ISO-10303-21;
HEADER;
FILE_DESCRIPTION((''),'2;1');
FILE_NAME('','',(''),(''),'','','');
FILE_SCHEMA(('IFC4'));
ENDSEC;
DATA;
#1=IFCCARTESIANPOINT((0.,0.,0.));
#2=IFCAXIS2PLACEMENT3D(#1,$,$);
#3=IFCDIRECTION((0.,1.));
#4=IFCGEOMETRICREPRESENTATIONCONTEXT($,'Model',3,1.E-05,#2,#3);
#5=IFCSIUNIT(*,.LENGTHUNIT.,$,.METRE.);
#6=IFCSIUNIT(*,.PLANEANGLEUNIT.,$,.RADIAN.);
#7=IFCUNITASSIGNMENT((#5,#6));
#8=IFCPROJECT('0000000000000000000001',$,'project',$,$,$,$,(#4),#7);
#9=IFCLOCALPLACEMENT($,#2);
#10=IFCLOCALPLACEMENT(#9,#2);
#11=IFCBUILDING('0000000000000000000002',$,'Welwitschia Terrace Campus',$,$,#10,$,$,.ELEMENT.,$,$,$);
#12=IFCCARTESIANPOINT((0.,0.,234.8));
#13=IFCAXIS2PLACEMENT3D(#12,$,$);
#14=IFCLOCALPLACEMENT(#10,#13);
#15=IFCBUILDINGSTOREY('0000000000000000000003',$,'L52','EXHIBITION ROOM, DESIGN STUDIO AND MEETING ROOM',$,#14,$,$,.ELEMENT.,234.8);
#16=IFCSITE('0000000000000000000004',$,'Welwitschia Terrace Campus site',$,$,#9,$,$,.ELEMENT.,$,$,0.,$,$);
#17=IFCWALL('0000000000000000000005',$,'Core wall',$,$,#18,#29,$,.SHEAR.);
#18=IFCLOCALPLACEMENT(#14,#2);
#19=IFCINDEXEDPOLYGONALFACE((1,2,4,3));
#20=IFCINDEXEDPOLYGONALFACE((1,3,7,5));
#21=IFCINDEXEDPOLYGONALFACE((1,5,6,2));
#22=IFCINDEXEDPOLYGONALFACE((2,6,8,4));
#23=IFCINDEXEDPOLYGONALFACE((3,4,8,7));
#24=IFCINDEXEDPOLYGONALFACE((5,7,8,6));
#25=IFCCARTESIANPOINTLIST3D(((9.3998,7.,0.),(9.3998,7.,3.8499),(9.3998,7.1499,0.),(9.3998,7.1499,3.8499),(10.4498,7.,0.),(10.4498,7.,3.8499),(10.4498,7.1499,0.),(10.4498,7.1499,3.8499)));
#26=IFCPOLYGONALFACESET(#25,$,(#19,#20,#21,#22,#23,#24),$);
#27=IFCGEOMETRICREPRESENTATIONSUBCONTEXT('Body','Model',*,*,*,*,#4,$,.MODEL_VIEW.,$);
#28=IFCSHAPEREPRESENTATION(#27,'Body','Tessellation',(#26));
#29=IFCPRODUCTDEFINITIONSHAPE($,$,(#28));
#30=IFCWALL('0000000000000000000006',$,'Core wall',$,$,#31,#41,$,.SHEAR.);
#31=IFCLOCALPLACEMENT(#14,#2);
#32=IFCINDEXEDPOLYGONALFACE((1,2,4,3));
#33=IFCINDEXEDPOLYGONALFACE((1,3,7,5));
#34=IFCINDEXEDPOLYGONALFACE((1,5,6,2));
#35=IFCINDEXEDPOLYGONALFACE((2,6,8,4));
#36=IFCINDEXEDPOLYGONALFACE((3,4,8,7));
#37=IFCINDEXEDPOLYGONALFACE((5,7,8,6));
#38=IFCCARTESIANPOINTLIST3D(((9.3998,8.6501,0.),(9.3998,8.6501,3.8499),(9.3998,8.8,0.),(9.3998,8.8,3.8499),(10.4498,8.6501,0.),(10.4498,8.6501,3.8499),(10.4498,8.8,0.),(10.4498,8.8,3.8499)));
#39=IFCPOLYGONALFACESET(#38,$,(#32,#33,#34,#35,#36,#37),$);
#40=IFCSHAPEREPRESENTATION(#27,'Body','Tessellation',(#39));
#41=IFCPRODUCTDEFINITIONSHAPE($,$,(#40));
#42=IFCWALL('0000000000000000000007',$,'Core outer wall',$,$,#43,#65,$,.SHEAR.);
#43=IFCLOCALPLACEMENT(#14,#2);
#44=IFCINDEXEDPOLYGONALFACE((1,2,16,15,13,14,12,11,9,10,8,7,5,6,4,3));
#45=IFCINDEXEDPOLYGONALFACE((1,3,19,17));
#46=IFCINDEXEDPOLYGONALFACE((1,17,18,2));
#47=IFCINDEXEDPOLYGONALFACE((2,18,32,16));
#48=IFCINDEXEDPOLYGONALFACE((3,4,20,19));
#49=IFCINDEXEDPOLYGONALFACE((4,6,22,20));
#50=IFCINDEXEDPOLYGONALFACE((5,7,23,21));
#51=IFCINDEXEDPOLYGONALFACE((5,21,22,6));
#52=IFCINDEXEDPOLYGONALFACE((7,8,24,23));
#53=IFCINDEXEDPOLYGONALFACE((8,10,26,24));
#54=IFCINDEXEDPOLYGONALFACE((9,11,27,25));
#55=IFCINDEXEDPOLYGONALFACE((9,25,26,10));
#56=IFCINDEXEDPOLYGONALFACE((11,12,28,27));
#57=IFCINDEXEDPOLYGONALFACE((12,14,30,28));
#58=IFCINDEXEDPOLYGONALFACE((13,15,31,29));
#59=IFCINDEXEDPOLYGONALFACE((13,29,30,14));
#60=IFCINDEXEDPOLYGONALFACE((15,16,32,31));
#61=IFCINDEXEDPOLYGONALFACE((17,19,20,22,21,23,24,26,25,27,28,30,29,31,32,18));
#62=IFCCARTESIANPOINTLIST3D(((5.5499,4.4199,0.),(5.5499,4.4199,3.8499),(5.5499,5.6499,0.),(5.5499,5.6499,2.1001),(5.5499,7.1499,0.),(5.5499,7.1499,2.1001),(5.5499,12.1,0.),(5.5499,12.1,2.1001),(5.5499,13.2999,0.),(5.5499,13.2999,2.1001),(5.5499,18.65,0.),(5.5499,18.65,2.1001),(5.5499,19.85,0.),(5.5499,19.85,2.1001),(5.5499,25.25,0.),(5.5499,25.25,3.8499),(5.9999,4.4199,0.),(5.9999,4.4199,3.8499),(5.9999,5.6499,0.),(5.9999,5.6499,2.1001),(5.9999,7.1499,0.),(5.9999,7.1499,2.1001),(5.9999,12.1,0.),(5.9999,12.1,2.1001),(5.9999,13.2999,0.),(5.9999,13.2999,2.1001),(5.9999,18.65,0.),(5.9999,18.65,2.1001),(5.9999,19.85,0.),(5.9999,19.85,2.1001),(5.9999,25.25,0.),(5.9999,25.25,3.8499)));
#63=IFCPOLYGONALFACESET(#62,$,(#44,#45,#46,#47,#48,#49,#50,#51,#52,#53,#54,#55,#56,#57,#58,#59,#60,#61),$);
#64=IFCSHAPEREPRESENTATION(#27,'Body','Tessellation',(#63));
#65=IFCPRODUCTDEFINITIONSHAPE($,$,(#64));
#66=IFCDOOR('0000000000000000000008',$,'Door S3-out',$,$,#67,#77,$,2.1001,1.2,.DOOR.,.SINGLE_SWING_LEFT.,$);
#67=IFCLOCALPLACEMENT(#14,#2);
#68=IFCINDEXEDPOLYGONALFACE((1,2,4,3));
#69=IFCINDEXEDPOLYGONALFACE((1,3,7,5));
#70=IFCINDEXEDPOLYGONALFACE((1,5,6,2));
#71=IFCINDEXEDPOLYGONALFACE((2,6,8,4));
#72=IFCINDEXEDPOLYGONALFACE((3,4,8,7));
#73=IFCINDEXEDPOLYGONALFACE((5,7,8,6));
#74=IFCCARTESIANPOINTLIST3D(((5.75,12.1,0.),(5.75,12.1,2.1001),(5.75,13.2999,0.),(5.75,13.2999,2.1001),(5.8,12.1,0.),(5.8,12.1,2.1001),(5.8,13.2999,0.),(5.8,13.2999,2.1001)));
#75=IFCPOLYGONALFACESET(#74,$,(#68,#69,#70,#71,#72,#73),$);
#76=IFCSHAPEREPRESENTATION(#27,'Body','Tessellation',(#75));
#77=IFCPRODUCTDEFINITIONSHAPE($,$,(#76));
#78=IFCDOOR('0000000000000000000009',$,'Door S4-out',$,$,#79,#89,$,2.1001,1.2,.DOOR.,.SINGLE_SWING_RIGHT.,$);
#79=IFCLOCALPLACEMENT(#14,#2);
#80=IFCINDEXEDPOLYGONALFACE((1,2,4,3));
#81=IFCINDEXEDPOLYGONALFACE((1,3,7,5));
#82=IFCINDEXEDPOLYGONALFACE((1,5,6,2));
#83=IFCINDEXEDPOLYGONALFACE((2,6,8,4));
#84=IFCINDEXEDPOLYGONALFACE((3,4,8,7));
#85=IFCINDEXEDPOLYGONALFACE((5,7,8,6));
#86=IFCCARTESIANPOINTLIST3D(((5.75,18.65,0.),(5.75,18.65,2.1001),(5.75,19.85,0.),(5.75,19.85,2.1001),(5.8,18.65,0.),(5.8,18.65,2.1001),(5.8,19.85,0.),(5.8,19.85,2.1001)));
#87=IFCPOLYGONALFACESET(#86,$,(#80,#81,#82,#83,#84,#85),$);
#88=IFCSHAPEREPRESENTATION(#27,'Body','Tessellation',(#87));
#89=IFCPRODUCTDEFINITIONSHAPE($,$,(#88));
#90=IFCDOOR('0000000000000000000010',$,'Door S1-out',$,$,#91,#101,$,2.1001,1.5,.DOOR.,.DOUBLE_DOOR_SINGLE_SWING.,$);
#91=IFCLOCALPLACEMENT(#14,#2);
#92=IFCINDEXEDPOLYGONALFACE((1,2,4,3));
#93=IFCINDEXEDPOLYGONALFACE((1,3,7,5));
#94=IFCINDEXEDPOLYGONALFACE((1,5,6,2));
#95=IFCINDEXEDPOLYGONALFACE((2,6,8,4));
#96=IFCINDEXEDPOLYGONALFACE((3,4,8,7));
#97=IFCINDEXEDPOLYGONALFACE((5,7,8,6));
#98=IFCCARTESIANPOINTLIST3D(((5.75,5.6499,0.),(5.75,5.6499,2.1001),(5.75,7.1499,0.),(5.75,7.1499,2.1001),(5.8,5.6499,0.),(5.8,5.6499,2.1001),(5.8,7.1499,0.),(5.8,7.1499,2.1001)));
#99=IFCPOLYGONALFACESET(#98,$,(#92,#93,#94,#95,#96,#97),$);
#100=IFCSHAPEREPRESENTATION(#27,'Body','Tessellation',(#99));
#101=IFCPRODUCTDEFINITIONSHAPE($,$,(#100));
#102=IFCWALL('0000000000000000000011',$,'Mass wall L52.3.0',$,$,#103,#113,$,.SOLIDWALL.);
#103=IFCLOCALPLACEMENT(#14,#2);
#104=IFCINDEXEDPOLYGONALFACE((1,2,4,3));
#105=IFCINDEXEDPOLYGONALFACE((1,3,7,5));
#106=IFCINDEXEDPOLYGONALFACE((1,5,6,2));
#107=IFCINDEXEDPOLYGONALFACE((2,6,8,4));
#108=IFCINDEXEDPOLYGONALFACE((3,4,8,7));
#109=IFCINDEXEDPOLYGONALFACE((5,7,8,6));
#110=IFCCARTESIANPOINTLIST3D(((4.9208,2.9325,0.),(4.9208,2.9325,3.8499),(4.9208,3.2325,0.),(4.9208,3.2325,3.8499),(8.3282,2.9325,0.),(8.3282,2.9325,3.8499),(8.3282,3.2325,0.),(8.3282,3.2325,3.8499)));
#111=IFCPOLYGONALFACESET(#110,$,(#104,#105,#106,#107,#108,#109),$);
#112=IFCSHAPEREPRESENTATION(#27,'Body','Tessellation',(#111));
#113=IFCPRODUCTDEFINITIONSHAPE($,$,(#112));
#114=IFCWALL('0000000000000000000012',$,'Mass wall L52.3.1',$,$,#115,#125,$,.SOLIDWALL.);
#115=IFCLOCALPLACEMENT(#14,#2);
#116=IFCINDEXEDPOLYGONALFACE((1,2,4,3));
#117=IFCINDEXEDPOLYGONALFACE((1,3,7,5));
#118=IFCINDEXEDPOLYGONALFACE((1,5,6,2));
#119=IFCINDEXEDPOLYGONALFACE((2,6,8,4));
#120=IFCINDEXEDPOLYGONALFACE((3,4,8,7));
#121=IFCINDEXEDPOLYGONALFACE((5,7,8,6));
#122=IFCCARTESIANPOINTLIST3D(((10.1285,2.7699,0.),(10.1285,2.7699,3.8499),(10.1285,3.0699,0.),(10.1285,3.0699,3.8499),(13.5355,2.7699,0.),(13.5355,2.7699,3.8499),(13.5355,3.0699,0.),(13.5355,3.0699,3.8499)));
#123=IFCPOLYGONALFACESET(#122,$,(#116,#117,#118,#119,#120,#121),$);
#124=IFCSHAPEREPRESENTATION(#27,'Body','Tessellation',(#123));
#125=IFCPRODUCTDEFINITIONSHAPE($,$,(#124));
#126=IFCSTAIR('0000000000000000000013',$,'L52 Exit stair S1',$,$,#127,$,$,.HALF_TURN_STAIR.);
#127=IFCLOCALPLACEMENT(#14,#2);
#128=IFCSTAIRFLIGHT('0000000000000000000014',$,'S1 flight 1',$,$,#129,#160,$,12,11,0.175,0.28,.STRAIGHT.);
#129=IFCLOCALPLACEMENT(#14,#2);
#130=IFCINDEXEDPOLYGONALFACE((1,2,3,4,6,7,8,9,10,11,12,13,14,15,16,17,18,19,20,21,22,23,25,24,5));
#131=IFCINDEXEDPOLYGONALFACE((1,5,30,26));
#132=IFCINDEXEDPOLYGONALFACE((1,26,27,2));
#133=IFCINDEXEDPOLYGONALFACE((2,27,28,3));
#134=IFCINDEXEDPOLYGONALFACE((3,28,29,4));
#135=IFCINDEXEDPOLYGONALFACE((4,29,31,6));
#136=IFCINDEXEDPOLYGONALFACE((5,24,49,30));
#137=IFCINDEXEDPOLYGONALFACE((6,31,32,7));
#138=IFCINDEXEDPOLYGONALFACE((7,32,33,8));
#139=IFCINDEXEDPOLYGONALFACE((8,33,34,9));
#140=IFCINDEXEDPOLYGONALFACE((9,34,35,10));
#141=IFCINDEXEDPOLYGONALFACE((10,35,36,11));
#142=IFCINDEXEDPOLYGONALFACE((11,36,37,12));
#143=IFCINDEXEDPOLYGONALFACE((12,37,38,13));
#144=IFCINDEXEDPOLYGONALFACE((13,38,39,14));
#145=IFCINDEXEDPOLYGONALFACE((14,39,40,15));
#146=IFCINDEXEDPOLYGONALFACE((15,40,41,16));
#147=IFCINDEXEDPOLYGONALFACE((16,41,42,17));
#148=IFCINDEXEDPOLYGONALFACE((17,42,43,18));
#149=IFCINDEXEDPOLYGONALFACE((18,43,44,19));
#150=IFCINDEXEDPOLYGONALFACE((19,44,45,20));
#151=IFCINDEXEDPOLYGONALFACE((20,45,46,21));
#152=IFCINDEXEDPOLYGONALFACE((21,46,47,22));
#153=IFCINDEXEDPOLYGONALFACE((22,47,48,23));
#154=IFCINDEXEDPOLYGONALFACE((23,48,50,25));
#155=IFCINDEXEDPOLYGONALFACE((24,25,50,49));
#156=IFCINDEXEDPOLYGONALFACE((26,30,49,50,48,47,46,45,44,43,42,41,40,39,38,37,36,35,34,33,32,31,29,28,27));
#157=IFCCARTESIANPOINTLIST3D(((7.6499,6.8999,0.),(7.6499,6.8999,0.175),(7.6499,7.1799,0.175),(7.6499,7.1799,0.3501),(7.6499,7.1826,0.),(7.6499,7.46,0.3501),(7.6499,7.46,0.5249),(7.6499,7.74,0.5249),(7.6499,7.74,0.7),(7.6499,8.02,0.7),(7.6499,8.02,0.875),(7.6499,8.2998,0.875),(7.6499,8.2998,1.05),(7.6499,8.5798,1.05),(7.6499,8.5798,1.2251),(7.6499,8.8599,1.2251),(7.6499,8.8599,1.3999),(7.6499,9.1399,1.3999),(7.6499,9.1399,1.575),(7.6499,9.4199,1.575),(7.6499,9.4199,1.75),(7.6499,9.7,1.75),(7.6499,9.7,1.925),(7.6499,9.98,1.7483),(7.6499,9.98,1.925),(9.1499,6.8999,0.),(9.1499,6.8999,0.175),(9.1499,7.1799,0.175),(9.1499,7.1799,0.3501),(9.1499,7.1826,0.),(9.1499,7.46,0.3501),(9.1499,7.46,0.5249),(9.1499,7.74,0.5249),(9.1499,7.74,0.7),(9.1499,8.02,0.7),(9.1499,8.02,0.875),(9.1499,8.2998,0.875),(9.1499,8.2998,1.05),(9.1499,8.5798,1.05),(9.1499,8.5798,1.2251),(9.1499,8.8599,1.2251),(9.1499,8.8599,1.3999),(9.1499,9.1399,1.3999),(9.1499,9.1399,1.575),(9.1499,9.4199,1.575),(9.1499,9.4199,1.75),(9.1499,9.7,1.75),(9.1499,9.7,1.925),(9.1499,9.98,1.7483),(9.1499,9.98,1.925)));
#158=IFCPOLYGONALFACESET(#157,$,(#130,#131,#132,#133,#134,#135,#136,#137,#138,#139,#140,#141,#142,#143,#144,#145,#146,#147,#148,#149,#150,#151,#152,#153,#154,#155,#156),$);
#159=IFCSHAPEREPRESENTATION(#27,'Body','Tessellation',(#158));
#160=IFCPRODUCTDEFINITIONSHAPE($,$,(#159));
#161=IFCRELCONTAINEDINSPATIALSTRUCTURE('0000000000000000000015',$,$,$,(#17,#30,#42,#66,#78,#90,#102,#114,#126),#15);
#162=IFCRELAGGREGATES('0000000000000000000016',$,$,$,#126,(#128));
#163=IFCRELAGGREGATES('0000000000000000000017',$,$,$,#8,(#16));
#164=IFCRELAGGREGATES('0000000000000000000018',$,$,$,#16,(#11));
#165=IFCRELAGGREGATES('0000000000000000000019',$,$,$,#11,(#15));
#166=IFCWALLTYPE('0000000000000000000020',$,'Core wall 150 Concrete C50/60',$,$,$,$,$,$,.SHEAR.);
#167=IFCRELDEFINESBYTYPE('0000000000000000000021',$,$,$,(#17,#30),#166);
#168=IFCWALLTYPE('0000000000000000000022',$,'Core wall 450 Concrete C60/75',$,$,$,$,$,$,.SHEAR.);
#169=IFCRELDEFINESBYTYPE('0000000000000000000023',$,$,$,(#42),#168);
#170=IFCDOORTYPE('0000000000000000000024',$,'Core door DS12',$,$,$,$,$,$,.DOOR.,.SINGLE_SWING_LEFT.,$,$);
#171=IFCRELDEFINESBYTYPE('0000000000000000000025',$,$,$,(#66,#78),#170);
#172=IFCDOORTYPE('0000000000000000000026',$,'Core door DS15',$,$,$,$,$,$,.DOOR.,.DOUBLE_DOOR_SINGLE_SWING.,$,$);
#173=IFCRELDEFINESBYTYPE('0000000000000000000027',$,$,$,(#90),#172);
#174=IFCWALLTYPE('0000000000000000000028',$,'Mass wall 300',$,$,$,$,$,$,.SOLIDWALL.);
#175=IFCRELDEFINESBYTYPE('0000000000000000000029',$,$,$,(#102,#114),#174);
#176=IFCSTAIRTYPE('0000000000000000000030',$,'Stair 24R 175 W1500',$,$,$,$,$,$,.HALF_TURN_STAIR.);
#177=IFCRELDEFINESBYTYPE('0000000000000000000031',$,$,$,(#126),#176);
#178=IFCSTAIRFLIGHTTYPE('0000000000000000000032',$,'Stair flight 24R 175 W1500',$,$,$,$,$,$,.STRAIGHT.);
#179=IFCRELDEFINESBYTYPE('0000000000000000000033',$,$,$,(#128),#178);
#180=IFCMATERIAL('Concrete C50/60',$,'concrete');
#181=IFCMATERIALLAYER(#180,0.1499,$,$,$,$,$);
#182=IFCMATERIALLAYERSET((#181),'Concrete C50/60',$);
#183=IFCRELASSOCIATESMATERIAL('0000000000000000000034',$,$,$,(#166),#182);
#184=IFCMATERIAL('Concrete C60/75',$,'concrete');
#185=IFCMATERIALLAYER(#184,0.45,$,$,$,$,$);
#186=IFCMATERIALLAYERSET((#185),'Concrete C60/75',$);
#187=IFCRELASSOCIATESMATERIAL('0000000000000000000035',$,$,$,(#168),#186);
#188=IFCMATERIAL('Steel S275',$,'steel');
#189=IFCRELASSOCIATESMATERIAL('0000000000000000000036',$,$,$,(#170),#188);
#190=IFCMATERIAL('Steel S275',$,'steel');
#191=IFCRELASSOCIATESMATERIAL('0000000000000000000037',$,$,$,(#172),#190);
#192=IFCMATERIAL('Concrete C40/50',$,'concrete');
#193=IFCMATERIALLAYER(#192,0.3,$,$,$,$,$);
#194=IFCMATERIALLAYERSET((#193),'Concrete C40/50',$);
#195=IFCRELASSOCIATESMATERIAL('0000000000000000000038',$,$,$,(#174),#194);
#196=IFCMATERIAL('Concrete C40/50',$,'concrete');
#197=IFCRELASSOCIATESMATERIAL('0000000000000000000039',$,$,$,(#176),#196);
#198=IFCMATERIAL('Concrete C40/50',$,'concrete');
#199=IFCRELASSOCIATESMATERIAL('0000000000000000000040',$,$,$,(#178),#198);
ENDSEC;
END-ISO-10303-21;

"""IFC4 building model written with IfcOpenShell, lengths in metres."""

from ifc_helpers import new_model, si_unit, direction, frame, frame_2d, origin, place, context, subcontext, project, spatial, polyline, rectangle, outline, extrude, material, layer, layer_set, type_object, element, fill, aggregate, save


model = new_model("IFC4")

# Units and contexts
model_context = context("Model", 3, precision=1e-05, world=origin(), true_north=direction((0.0, 1.0)))
body_context = subcontext(model_context, "Body", "Model", "MODEL_VIEW")
ifc_project = project(units=[si_unit("LENGTHUNIT", "METRE"), si_unit("PLANEANGLEUNIT", "RADIAN")], contexts=[model_context])

# Site, building, storey
site_placement = place(None, origin())
site = spatial("IfcSite", under=ifc_project, at=site_placement, Name="Welwitschia Terrace Campus site", CompositionType="ELEMENT", RefElevation=0.0)
building_placement = place(site_placement, origin())
building = spatial("IfcBuilding", under=site, at=building_placement, Name="Welwitschia Terrace Campus", CompositionType="ELEMENT")
storey_placement = place(building_placement, frame((0.0, 0.0, 234.8)))
storey = spatial("IfcBuildingStorey", under=building, at=storey_placement, Name="L52", Description="EXHIBITION ROOM, DESIGN STUDIO AND MEETING ROOM", CompositionType="ELEMENT", Elevation=234.8)

# Walls
ifc_material_1 = material(Name="Concrete C50/60", Category="concrete")
ifc_layer_1 = layer(ifc_material_1, 0.1499)
ifc_layer_set_1 = layer_set([ifc_layer_1], Name="Concrete C50/60")
wall_type_1 = type_object("IfcWallType", Name="Core wall 150 Concrete C50/60", PredefinedType="SHEAR", material=ifc_layer_set_1)
for number, where, z_axis, x_axis, name in (
    (1, (9.3999, 7.075, 0.0), (0.0, 0.0, 1.0), (1.0, 0.0, 0.0), "Core wall"),
    (2, (9.3999, 8.7251, 0.0), (0.0, 0.0, 1.0), (1.0, 0.0, 0.0), "Core wall"),
):
    element("IfcWall", number, at=place(storey_placement, frame(where, z_axis=z_axis, x_axis=x_axis)), inside=storey, type_object=wall_type_1, Name=name, PredefinedType="SHEAR", context=body_context, shape_type="SweptSolid", body=[
        extrude(rectangle(XDim=1.05, YDim=0.1499, at=frame_2d((0.5249, 0.0))), origin(), (0.0, 0.0, 1.0), 3.8499),
    ])

# Wall, openings, doors
ifc_material_2 = material(Name="Concrete C60/75", Category="concrete")
ifc_layer_2 = layer(ifc_material_2, 0.45)
ifc_layer_set_2 = layer_set([ifc_layer_2], Name="Concrete C60/75")
wall_type_2 = type_object("IfcWallType", Name="Core wall 450 Concrete C60/75", PredefinedType="SHEAR", material=ifc_layer_set_2)
wall_1_placement = place(storey_placement, frame((5.7749, 4.4199, 0.0), z_axis=(0.0, 0.0, 1.0), x_axis=(0.0, 1.0, 0.0)))
wall_1 = element("IfcWall", 3, at=wall_1_placement, inside=storey, type_object=wall_type_2, Name="Core outer wall", PredefinedType="SHEAR", context=body_context, shape_type="SweptSolid", body=[
    extrude(rectangle(XDim=20.8301, YDim=0.45, at=frame_2d((10.415, 0.0))), origin(), (0.0, 0.0, 1.0), 3.8499),
])
opening_1_placement = place(wall_1_placement, frame((1.23, 0.0, 0.0)))
opening_1 = element("IfcOpeningElement", 4, at=opening_1_placement, cuts=wall_1, PredefinedType="OPENING", context=body_context, shape_type="SweptSolid", body=[
    extrude(rectangle(XDim=1.5, YDim=2.1001, at=frame_2d((0.75, 1.05))), frame((0.0, 0.2349, 0.0), z_axis=(0.0, -1.0, 0.0), x_axis=(1.0, 0.0, 0.0)), (0.0, 0.0, 1.0), 0.47),
])
opening_2_placement = place(wall_1_placement, frame((7.6799, 0.0, 0.0)))
opening_2 = element("IfcOpeningElement", 5, at=opening_2_placement, cuts=wall_1, PredefinedType="OPENING", context=body_context, shape_type="SweptSolid", body=[
    extrude(rectangle(XDim=1.2, YDim=2.1001, at=frame_2d((0.6001, 1.05))), frame((0.0, 0.2349, 0.0), z_axis=(0.0, -1.0, 0.0), x_axis=(1.0, 0.0, 0.0)), (0.0, 0.0, 1.0), 0.47),
])
opening_3_placement = place(wall_1_placement, frame((14.23, 0.0, 0.0)))
opening_3 = element("IfcOpeningElement", 6, at=opening_3_placement, cuts=wall_1, PredefinedType="OPENING", context=body_context, shape_type="SweptSolid", body=[
    extrude(rectangle(XDim=1.2, YDim=2.1001, at=frame_2d((0.6001, 1.05))), frame((0.0, 0.2349, 0.0), z_axis=(0.0, -1.0, 0.0), x_axis=(1.0, 0.0, 0.0)), (0.0, 0.0, 1.0), 0.47),
])
ifc_material_3 = material(Name="Steel S275", Category="steel")
door_type_1 = type_object("IfcDoorType", Name="Core door DS12", OperationType="SINGLE_SWING_LEFT", PredefinedType="DOOR", material=ifc_material_3)
door_1_placement = place(opening_2_placement, origin())
door_1 = element("IfcDoor", 7, at=door_1_placement, inside=storey, type_object=door_type_1, Name="Door S3-out", OperationType="SINGLE_SWING_LEFT", OverallHeight=2.1001, OverallWidth=1.2, PredefinedType="DOOR", context=body_context, shape_type="SweptSolid", body=[
    extrude(rectangle(XDim=1.2, YDim=2.1001, at=frame_2d((0.6001, 1.05))), frame((0.0, 0.0249, 0.0), z_axis=(0.0, -1.0, 0.0), x_axis=(1.0, 0.0, 0.0)), (0.0, 0.0, 1.0), 0.05),
])
fill(opening_2, door_1)
door_2_placement = place(opening_3_placement, origin())
door_2 = element("IfcDoor", 8, at=door_2_placement, inside=storey, type_object=door_type_1, Name="Door S4-out", OperationType="SINGLE_SWING_RIGHT", OverallHeight=2.1001, OverallWidth=1.2, PredefinedType="DOOR", context=body_context, shape_type="SweptSolid", body=[
    extrude(rectangle(XDim=1.2, YDim=2.1001, at=frame_2d((0.6001, 1.05))), frame((0.0, 0.0249, 0.0), z_axis=(0.0, -1.0, 0.0), x_axis=(1.0, 0.0, 0.0)), (0.0, 0.0, 1.0), 0.05),
])
fill(opening_3, door_2)
ifc_material_4 = material(Name="Steel S275", Category="steel")
door_type_2 = type_object("IfcDoorType", Name="Core door DS15", OperationType="DOUBLE_DOOR_SINGLE_SWING", PredefinedType="DOOR", material=ifc_material_4)
door_3_placement = place(opening_1_placement, origin())
door_3 = element("IfcDoor", 9, at=door_3_placement, inside=storey, type_object=door_type_2, Name="Door S1-out", OperationType="DOUBLE_DOOR_SINGLE_SWING", OverallHeight=2.1001, OverallWidth=1.5, PredefinedType="DOOR", context=body_context, shape_type="SweptSolid", body=[
    extrude(rectangle(XDim=1.5, YDim=2.1001, at=frame_2d((0.75, 1.05))), frame((0.0, 0.0249, 0.0), z_axis=(0.0, -1.0, 0.0), x_axis=(1.0, 0.0, 0.0)), (0.0, 0.0, 1.0), 0.05),
])
fill(opening_1, door_3)

# Walls
ifc_material_5 = material(Name="Concrete C40/50", Category="concrete")
ifc_layer_3 = layer(ifc_material_5, 0.3)
ifc_layer_set_3 = layer_set([ifc_layer_3], Name="Concrete C40/50")
wall_type_3 = type_object("IfcWallType", Name="Mass wall 300", PredefinedType="SOLIDWALL", material=ifc_layer_set_3)
wall_2_placement = place(storey_placement, frame((4.9209, 3.0825, 0.0), z_axis=(0.0, 0.0, 1.0), x_axis=(1.0, 0.0, 0.0)))
element("IfcWall", 10, at=wall_2_placement, inside=storey, type_object=wall_type_3, Name="Mass wall L52.3.0", PredefinedType="SOLIDWALL", context=body_context, shape_type="SweptSolid", body=[
    extrude(rectangle(XDim=3.4075, YDim=0.3, at=frame_2d((1.7036, 0.0))), origin(), (0.0, 0.0, 1.0), 3.8499),
])
wall_3_placement = place(storey_placement, frame((10.1284, 2.9199, 0.0), z_axis=(0.0, 0.0, 1.0), x_axis=(1.0, 0.0, 0.0)))
element("IfcWall", 11, at=wall_3_placement, inside=storey, type_object=wall_type_3, Name="Mass wall L52.3.1", PredefinedType="SOLIDWALL", context=body_context, shape_type="SweptSolid", body=[
    extrude(rectangle(XDim=3.407, YDim=0.3, at=frame_2d((1.7036, 0.0))), origin(), (0.0, 0.0, 1.0), 3.8499),
])

# Stair, stair flight
ifc_material_6 = material(Name="Concrete C40/50", Category="concrete")
stair_type = type_object("IfcStairType", Name="Stair 24R 175 W1500", PredefinedType="HALF_TURN_STAIR", material=ifc_material_6)
stair_placement = place(storey_placement, origin())
stair = element("IfcStair", 12, at=stair_placement, inside=storey, type_object=stair_type, Name="L52 Exit stair S1", PredefinedType="HALF_TURN_STAIR")
ifc_material_7 = material(Name="Concrete C40/50", Category="concrete")
stair_flight_type = type_object("IfcStairFlightType", Name="Stair flight 24R 175 W1500", PredefinedType="STRAIGHT", material=ifc_material_7)
stair_flight_1_placement = place(storey_placement, frame((8.3999, 6.8999, 0.0), z_axis=(0.0, 0.0, 1.0), x_axis=(0.0, 1.0, 0.0)))
stair_flight_1 = element("IfcStairFlight", 13, at=stair_flight_1_placement, type_object=stair_flight_type, Name="S1 flight 1", NumberOfRisers=12, NumberOfTreads=11, PredefinedType="STRAIGHT", RiserHeight=0.175, TreadLength=0.28, context=body_context, shape_type="SweptSolid", body=[
    extrude(outline(polyline([(0.0, 0.0), (0.0, 0.175), (0.28, 0.175), (0.28, 0.3501), (0.5601, 0.3501), (0.5601, 0.5249), (0.8401, 0.5249), (0.8401, 0.7), (1.1201, 0.7), (1.1201, 0.875), (1.3999, 0.875), (1.3999, 1.05), (1.6799, 1.05), (1.6799, 1.2251), (1.96, 1.2251), (1.96, 1.3999), (2.24, 1.3999), (2.24, 1.575), (2.52, 1.575), (2.52, 1.75), (2.8, 1.75), (2.8, 1.925), (3.0801, 1.925), (3.0801, 2.1001), (3.0801, 1.7483), (0.2827, 0.0), (0.0, 0.0)])), frame((0.0, 0.75, 0.0), z_axis=(0.0, -1.0, 0.0), x_axis=(1.0, 0.0, 0.0)), (0.0, 0.0, 1.0), 1.5),
])
aggregate(stair, [stair_flight_1])

save(model, "model.ifc")
